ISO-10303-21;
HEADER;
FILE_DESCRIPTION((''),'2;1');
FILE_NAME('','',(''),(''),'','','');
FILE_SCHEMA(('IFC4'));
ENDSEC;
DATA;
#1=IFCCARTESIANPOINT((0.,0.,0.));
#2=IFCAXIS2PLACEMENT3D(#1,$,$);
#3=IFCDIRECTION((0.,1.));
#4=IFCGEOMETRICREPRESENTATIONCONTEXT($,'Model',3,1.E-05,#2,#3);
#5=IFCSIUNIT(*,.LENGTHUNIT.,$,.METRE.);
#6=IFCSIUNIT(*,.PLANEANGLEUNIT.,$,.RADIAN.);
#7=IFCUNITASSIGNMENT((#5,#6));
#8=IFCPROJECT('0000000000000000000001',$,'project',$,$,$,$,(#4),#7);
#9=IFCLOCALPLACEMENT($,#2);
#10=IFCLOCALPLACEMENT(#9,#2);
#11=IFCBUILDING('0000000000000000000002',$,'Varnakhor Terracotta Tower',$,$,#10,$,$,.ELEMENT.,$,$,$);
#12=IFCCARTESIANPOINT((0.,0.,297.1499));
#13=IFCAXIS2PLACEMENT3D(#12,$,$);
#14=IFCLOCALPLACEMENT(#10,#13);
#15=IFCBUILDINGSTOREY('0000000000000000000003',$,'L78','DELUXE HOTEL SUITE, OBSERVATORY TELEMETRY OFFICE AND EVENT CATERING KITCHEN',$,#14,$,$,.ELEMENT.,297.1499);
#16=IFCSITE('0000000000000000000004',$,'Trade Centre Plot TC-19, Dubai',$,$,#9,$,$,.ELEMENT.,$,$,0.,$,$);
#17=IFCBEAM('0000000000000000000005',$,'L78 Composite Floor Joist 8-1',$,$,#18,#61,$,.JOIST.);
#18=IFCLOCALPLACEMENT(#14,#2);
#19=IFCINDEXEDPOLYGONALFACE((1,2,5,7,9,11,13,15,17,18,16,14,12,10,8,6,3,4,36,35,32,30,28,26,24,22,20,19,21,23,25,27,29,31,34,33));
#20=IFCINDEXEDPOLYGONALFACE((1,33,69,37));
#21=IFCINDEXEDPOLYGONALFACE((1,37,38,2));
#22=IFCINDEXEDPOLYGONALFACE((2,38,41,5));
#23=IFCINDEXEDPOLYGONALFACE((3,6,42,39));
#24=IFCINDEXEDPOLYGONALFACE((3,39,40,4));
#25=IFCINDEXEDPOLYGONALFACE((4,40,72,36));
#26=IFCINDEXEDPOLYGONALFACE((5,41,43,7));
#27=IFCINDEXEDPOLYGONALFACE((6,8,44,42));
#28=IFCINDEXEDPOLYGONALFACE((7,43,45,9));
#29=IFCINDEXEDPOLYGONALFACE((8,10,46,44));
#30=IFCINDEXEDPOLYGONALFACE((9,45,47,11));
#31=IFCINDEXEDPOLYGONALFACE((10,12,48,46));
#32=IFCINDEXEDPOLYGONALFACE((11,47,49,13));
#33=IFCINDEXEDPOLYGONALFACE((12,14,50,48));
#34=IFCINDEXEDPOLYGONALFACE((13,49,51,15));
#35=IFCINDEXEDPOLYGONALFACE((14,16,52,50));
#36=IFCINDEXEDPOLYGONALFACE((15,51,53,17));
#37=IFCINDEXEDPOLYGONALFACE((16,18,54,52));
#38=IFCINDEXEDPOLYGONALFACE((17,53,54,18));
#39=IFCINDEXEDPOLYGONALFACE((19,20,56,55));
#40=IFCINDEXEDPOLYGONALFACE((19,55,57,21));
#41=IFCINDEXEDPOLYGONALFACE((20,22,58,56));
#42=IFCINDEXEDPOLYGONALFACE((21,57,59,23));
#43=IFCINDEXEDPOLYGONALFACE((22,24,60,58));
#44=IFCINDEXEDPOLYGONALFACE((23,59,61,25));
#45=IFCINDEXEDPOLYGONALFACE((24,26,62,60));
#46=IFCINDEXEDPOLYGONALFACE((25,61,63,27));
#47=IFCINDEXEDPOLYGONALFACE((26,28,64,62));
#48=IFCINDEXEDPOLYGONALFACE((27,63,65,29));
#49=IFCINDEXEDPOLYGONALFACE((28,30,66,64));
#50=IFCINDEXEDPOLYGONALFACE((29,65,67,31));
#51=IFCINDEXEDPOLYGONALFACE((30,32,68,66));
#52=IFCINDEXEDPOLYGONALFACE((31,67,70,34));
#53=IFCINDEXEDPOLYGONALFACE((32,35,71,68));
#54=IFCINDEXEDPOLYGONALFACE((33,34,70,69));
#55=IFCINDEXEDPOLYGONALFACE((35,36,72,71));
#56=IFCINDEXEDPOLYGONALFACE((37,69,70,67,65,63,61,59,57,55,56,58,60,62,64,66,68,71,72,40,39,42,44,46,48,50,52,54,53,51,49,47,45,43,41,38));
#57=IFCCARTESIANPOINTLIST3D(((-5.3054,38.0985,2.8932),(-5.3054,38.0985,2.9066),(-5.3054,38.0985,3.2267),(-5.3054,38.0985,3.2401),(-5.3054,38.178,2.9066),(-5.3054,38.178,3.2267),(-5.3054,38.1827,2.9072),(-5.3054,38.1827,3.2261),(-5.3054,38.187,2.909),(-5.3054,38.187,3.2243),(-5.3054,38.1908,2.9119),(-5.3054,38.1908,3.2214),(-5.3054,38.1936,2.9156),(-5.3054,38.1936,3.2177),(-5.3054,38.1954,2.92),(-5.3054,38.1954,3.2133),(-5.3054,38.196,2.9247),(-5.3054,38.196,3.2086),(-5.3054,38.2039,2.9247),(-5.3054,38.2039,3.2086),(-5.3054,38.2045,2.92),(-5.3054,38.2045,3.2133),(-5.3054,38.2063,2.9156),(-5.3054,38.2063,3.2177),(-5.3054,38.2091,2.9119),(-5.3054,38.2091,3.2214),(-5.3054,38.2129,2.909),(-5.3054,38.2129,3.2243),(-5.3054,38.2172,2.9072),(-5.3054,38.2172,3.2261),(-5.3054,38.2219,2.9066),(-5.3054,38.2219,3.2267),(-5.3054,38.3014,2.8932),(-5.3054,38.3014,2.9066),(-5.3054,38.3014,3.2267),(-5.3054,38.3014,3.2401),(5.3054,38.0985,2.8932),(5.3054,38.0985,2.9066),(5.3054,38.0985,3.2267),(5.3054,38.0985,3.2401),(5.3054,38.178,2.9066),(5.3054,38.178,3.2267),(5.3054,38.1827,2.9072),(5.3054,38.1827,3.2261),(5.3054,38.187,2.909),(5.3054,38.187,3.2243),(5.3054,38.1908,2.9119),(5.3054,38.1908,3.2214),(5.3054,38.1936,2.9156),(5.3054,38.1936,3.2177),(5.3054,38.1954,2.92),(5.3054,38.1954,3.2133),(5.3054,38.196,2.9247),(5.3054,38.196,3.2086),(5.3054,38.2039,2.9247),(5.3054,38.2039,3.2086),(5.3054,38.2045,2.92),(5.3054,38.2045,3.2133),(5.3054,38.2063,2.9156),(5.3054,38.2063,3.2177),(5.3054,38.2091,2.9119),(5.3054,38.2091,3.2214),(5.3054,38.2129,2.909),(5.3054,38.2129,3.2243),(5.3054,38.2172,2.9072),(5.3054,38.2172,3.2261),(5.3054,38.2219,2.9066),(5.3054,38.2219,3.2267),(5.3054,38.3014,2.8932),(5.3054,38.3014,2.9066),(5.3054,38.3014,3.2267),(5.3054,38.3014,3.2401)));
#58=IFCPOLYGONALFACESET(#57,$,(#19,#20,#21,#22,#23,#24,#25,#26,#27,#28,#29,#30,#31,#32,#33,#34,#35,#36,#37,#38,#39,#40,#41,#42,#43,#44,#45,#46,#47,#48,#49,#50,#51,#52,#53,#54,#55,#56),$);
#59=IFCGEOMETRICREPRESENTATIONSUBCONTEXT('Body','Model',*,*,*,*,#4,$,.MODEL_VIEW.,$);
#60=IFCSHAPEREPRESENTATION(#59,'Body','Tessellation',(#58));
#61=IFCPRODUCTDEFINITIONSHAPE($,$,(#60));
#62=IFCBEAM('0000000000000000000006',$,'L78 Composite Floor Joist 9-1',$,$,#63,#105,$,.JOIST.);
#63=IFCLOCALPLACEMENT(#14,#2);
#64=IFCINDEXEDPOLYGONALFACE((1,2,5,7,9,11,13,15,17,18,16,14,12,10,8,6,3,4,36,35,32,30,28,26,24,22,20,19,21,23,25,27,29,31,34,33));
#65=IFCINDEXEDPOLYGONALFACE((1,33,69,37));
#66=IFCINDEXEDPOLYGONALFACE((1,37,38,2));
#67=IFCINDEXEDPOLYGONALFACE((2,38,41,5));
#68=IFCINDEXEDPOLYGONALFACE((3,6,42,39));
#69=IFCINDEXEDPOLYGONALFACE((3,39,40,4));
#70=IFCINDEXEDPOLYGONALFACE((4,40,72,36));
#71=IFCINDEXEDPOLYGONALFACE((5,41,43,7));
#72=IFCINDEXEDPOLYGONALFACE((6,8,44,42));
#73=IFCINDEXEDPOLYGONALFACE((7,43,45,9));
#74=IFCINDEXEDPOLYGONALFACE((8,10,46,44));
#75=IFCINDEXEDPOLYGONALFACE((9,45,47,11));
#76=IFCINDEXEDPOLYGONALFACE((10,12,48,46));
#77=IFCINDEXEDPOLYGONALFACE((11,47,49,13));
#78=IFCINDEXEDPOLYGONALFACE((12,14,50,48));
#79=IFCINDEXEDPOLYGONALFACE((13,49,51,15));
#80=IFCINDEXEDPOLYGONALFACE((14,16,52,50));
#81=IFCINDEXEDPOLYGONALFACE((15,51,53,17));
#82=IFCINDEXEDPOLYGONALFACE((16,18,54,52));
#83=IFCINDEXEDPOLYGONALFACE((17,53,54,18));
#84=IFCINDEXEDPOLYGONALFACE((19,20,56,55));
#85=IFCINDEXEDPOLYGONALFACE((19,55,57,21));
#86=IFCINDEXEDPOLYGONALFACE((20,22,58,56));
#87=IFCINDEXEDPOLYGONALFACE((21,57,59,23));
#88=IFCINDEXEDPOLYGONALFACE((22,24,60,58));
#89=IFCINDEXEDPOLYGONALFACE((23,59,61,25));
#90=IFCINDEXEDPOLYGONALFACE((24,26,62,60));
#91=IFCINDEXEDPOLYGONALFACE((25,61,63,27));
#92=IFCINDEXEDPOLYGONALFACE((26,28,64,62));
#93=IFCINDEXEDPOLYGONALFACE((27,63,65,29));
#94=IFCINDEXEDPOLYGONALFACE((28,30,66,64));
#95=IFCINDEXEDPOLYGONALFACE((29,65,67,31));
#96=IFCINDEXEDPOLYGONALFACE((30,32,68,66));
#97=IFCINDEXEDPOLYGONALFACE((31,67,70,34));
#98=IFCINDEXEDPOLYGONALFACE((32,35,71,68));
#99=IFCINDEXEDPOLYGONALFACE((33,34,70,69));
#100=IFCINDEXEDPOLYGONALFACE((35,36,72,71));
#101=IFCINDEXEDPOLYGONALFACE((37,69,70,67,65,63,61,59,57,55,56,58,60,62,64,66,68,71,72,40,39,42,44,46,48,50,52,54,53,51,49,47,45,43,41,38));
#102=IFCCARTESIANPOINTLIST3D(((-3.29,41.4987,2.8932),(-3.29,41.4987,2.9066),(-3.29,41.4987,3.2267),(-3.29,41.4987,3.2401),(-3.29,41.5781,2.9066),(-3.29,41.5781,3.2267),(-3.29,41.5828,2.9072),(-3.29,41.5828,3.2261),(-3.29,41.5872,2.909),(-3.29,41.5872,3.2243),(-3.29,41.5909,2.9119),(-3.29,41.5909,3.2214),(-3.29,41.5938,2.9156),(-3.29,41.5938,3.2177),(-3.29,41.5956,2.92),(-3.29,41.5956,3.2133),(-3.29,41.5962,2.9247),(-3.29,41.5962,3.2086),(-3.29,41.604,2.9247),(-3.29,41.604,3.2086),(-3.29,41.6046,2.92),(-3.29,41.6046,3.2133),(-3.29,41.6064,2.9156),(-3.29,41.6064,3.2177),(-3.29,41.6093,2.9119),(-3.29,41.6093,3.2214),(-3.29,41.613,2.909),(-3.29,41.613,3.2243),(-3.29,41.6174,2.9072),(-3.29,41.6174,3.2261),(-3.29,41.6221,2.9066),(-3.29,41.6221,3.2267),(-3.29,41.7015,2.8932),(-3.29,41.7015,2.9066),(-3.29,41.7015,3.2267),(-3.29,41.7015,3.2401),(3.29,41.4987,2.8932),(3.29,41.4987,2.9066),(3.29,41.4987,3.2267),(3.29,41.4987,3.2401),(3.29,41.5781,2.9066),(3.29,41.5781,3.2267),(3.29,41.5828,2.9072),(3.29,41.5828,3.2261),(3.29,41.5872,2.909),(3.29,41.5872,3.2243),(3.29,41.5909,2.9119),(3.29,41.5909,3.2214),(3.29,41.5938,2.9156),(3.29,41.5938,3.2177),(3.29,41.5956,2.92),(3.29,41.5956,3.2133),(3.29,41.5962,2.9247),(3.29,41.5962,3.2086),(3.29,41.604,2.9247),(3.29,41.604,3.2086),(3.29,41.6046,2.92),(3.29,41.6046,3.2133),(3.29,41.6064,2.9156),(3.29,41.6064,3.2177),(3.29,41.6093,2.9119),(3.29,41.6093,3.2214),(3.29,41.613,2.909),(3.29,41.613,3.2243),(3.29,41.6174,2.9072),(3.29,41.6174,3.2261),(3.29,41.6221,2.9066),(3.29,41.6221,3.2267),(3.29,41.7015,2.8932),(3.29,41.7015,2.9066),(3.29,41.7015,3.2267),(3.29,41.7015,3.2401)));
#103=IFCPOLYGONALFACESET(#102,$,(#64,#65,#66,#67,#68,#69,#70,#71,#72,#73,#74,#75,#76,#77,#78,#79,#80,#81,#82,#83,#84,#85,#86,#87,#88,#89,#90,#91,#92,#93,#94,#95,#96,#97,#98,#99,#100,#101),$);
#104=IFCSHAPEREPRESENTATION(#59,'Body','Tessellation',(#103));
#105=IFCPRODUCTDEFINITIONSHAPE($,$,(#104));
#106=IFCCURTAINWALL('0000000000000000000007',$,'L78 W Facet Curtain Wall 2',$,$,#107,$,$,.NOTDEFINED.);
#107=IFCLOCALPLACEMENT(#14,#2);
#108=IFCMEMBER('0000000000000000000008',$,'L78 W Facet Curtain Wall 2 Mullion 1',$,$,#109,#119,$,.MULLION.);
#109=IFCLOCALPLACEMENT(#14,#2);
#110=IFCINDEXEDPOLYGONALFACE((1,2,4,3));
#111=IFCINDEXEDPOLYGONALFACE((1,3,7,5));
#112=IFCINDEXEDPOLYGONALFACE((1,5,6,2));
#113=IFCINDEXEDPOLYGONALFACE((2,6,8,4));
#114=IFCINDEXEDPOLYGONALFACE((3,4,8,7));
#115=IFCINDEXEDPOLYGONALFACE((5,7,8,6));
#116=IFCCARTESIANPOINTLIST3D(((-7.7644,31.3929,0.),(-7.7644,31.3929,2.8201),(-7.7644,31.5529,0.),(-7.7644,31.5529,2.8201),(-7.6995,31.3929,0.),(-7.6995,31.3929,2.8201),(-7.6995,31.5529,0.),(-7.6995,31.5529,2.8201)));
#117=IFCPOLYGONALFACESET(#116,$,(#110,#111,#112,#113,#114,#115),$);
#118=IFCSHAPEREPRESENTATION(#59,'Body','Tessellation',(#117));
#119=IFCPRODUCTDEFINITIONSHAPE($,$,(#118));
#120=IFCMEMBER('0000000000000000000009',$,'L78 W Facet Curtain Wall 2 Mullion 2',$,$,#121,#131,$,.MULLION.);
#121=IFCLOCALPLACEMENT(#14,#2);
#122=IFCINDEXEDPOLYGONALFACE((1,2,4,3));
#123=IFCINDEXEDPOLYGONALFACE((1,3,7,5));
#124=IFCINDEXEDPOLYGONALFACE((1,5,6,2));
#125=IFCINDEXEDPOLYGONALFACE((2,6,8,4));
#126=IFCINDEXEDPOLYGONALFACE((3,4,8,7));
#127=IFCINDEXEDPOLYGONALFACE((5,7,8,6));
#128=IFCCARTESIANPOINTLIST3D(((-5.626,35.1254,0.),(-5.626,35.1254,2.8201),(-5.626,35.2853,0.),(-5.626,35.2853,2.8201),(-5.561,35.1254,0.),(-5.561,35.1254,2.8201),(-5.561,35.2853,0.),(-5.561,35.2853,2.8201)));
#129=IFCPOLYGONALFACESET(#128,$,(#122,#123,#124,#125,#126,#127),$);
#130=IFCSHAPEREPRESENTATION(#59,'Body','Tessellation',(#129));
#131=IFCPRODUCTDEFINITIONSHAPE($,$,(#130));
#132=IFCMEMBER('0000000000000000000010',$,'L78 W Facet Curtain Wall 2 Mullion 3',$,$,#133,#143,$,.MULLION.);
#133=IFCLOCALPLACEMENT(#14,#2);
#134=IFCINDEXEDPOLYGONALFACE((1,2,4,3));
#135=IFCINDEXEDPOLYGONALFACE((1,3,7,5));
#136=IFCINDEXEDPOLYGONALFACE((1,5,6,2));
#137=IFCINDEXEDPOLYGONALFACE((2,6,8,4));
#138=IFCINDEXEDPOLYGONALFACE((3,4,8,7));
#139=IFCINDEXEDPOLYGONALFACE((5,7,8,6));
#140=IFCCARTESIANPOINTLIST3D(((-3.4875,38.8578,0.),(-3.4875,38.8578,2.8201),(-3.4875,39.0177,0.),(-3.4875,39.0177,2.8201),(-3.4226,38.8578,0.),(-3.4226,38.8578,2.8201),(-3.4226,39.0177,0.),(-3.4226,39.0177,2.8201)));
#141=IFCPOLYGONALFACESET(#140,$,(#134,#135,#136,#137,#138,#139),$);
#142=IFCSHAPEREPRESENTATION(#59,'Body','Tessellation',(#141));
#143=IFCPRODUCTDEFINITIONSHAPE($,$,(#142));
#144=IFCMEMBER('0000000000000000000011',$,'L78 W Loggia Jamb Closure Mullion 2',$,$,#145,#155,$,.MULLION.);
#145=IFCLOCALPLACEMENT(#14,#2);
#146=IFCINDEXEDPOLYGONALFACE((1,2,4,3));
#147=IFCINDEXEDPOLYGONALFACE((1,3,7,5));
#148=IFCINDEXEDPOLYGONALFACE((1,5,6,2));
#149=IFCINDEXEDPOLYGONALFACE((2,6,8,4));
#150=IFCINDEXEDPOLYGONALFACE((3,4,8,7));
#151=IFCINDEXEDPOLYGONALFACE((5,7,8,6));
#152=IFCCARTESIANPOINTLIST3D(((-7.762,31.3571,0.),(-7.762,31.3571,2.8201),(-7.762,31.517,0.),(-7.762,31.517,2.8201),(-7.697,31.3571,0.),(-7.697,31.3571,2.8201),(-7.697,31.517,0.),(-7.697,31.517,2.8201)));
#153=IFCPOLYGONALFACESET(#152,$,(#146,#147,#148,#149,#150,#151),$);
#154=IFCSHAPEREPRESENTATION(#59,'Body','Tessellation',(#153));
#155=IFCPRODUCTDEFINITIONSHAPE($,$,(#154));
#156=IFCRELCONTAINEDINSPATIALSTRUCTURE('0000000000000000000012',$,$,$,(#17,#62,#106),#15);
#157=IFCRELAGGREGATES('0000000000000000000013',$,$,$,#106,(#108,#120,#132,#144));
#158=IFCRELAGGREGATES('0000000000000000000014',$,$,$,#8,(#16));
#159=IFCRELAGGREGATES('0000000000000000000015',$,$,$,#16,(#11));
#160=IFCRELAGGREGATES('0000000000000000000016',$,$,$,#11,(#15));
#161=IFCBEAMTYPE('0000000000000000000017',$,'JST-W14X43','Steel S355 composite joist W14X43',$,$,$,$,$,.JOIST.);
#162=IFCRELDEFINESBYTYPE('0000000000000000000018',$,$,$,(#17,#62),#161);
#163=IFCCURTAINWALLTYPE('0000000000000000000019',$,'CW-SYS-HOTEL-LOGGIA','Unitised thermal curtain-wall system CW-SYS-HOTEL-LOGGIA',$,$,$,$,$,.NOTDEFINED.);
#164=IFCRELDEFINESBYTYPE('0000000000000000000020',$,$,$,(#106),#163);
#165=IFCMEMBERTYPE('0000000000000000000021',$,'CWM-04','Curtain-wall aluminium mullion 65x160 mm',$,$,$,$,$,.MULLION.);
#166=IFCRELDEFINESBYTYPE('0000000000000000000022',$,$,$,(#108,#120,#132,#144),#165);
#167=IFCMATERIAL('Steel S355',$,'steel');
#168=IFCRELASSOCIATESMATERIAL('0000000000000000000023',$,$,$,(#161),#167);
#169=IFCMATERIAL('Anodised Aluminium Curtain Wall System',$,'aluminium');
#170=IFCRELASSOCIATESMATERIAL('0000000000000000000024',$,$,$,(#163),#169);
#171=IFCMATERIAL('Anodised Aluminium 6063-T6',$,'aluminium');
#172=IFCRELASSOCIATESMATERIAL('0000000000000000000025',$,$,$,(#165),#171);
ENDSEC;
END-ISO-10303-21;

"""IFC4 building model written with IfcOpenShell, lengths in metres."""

from ifc_helpers import new_model, si_unit, direction, frame, origin, origin_2d, place, context, subcontext, project, spatial, rectangle, i_section, extrude, source, transform, mapped, material, material_profile, profile_set, type_object, type_shapes, element, aggregate, save


model = new_model("IFC4")

# Units and contexts
model_context = context("Model", 3, precision=1e-05, world=origin(), true_north=direction((0.0, 1.0)))
body_context = subcontext(model_context, "Body", "Model", "MODEL_VIEW")
ifc_project = project(units=[si_unit("LENGTHUNIT", "METRE"), si_unit("PLANEANGLEUNIT", "RADIAN")], contexts=[model_context])

# Site, building, storey
site_placement = place(None, origin())
site = spatial("IfcSite", under=ifc_project, at=site_placement, Name="Trade Centre Plot TC-19, Dubai", CompositionType="ELEMENT", RefElevation=0.0)
building_placement = place(site_placement, origin())
building = spatial("IfcBuilding", under=site, at=building_placement, Name="Varnakhor Terracotta Tower", CompositionType="ELEMENT")
storey_placement = place(building_placement, frame((0.0, 0.0, 297.1499)))
storey = spatial("IfcBuildingStorey", under=building, at=storey_placement, Name="L78", Description="DELUXE HOTEL SUITE, OBSERVATORY TELEMETRY OFFICE AND EVENT CATERING KITCHEN", CompositionType="ELEMENT", Elevation=297.1499)

# Beams
ifc_material_1 = material(Name="Steel S355", Category="steel")
ifc_material_profile_1 = material_profile(ifc_material_1, i_section(OverallWidth=0.2029, OverallDepth=0.3469, WebThickness=0.0078, FlangeThickness=0.0134, FilletRadius=0.0181, at=origin_2d()), Name="W14X43")
ifc_profile_set_1 = profile_set([ifc_material_profile_1], Name="Steel S355")
beam_type_1 = type_object("IfcBeamType", Name="JST-W14X43", Description="Steel S355 composite joist W14X43", PredefinedType="JOIST", material=ifc_profile_set_1)
shared_shape_1 = source(origin(), body_context, "Body", "SweptSolid", [
    extrude(i_section(OverallWidth=0.2029, OverallDepth=0.3469, WebThickness=0.0078, FlangeThickness=0.0134, FilletRadius=0.0181, at=origin_2d()), origin(), (0.0, 0.0, 1.0), 10.6108),
])
beam_1_placement = place(storey_placement, frame((-5.3054, 38.2, 3.0667), z_axis=(1.0, 0.0, 0.0), x_axis=(0.0, 1.0, 0.0)))
element("IfcBeam", 1, at=beam_1_placement, inside=storey, type_object=beam_type_1, Name="L78 Composite Floor Joist 8-1", PredefinedType="JOIST", context=body_context, shape_type="MappedRepresentation", body=[
    mapped(shared_shape_1, transform((0.0, 0.0, 0.0), scale=1.0)),
])
shared_shape_2 = source(origin(), body_context, "Body", "SweptSolid", [
    extrude(i_section(OverallWidth=0.2029, OverallDepth=0.3469, WebThickness=0.0078, FlangeThickness=0.0134, FilletRadius=0.0181, at=origin_2d()), origin(), (0.0, 0.0, 1.0), 6.5801),
])
beam_2_placement = place(storey_placement, frame((-3.29, 41.6001, 3.0667), z_axis=(1.0, 0.0, 0.0), x_axis=(0.0, 1.0, 0.0)))
element("IfcBeam", 2, at=beam_2_placement, inside=storey, type_object=beam_type_1, Name="L78 Composite Floor Joist 9-1", PredefinedType="JOIST", context=body_context, shape_type="MappedRepresentation", body=[
    mapped(shared_shape_2, transform((0.0, 0.0, 0.0), scale=1.0)),
])

# Curtain wall, members
ifc_material_2 = material(Name="Anodised Aluminium Curtain Wall System", Category="aluminium")
curtain_wall_type = type_object("IfcCurtainWallType", Name="CW-SYS-HOTEL-LOGGIA", Description="Unitised thermal curtain-wall system CW-SYS-HOTEL-LOGGIA", PredefinedType="NOTDEFINED", material=ifc_material_2)
curtain_wall_placement = place(storey_placement, origin())
curtain_wall = element("IfcCurtainWall", 3, at=curtain_wall_placement, inside=storey, type_object=curtain_wall_type, Name="L78 W Facet Curtain Wall 2", PredefinedType="NOTDEFINED")
ifc_material_3 = material(Name="Anodised Aluminium 6063-T6", Category="aluminium")
ifc_material_profile_2 = material_profile(ifc_material_3, rectangle(XDim=0.0649, YDim=0.1599, at=origin_2d()), Name="ALU MULLION 65x160")
ifc_profile_set_2 = profile_set([ifc_material_profile_2], Name="Anodised Aluminium 6063-T6")
member_type_1 = type_object("IfcMemberType", Name="CWM-04", Description="Curtain-wall aluminium mullion 65x160 mm", PredefinedType="MULLION", material=ifc_profile_set_2)
shared_shape_3 = source(origin(), body_context, "Body", "SweptSolid", [
    extrude(rectangle(XDim=0.0649, YDim=0.1599, at=origin_2d()), origin(), (0.0, 0.0, 1.0), 2.8201),
])
type_shapes(member_type_1, [shared_shape_3])
member_1_placement = place(storey_placement, frame((-7.7319, 31.4729, 0.0), z_axis=(0.0, 0.0, 1.0), x_axis=(1.0, 0.0, 0.0)))
member_1 = element("IfcMember", 4, at=member_1_placement, type_object=member_type_1, Name="L78 W Facet Curtain Wall 2 Mullion 1", PredefinedType="MULLION", context=body_context, shape_type="MappedRepresentation", body=[
    mapped(shared_shape_3, transform((0.0, 0.0, 0.0), scale=1.0)),
])
member_2_placement = place(storey_placement, frame((-5.5935, 35.2053, 0.0), z_axis=(0.0, 0.0, 1.0), x_axis=(1.0, 0.0, 0.0)))
member_2 = element("IfcMember", 5, at=member_2_placement, type_object=member_type_1, Name="L78 W Facet Curtain Wall 2 Mullion 2", PredefinedType="MULLION", context=body_context, shape_type="MappedRepresentation", body=[
    mapped(shared_shape_3, transform((0.0, 0.0, 0.0), scale=1.0)),
])
member_3_placement = place(storey_placement, frame((-3.4551, 38.9377, 0.0), z_axis=(0.0, 0.0, 1.0), x_axis=(1.0, 0.0, 0.0)))
member_3 = element("IfcMember", 6, at=member_3_placement, type_object=member_type_1, Name="L78 W Facet Curtain Wall 2 Mullion 3", PredefinedType="MULLION", context=body_context, shape_type="MappedRepresentation", body=[
    mapped(shared_shape_3, transform((0.0, 0.0, 0.0), scale=1.0)),
])
member_4_placement = place(storey_placement, frame((-7.7295, 31.437, 0.0), z_axis=(0.0, 0.0, 1.0), x_axis=(1.0, 0.0, 0.0)))
member_4 = element("IfcMember", 7, at=member_4_placement, type_object=member_type_1, Name="L78 W Loggia Jamb Closure Mullion 2", PredefinedType="MULLION", context=body_context, shape_type="MappedRepresentation", body=[
    mapped(shared_shape_3, transform((0.0, 0.0, 0.0), scale=1.0)),
])

aggregate(curtain_wall, [member_1, member_2, member_3, member_4])

save(model, "model.ifc")
